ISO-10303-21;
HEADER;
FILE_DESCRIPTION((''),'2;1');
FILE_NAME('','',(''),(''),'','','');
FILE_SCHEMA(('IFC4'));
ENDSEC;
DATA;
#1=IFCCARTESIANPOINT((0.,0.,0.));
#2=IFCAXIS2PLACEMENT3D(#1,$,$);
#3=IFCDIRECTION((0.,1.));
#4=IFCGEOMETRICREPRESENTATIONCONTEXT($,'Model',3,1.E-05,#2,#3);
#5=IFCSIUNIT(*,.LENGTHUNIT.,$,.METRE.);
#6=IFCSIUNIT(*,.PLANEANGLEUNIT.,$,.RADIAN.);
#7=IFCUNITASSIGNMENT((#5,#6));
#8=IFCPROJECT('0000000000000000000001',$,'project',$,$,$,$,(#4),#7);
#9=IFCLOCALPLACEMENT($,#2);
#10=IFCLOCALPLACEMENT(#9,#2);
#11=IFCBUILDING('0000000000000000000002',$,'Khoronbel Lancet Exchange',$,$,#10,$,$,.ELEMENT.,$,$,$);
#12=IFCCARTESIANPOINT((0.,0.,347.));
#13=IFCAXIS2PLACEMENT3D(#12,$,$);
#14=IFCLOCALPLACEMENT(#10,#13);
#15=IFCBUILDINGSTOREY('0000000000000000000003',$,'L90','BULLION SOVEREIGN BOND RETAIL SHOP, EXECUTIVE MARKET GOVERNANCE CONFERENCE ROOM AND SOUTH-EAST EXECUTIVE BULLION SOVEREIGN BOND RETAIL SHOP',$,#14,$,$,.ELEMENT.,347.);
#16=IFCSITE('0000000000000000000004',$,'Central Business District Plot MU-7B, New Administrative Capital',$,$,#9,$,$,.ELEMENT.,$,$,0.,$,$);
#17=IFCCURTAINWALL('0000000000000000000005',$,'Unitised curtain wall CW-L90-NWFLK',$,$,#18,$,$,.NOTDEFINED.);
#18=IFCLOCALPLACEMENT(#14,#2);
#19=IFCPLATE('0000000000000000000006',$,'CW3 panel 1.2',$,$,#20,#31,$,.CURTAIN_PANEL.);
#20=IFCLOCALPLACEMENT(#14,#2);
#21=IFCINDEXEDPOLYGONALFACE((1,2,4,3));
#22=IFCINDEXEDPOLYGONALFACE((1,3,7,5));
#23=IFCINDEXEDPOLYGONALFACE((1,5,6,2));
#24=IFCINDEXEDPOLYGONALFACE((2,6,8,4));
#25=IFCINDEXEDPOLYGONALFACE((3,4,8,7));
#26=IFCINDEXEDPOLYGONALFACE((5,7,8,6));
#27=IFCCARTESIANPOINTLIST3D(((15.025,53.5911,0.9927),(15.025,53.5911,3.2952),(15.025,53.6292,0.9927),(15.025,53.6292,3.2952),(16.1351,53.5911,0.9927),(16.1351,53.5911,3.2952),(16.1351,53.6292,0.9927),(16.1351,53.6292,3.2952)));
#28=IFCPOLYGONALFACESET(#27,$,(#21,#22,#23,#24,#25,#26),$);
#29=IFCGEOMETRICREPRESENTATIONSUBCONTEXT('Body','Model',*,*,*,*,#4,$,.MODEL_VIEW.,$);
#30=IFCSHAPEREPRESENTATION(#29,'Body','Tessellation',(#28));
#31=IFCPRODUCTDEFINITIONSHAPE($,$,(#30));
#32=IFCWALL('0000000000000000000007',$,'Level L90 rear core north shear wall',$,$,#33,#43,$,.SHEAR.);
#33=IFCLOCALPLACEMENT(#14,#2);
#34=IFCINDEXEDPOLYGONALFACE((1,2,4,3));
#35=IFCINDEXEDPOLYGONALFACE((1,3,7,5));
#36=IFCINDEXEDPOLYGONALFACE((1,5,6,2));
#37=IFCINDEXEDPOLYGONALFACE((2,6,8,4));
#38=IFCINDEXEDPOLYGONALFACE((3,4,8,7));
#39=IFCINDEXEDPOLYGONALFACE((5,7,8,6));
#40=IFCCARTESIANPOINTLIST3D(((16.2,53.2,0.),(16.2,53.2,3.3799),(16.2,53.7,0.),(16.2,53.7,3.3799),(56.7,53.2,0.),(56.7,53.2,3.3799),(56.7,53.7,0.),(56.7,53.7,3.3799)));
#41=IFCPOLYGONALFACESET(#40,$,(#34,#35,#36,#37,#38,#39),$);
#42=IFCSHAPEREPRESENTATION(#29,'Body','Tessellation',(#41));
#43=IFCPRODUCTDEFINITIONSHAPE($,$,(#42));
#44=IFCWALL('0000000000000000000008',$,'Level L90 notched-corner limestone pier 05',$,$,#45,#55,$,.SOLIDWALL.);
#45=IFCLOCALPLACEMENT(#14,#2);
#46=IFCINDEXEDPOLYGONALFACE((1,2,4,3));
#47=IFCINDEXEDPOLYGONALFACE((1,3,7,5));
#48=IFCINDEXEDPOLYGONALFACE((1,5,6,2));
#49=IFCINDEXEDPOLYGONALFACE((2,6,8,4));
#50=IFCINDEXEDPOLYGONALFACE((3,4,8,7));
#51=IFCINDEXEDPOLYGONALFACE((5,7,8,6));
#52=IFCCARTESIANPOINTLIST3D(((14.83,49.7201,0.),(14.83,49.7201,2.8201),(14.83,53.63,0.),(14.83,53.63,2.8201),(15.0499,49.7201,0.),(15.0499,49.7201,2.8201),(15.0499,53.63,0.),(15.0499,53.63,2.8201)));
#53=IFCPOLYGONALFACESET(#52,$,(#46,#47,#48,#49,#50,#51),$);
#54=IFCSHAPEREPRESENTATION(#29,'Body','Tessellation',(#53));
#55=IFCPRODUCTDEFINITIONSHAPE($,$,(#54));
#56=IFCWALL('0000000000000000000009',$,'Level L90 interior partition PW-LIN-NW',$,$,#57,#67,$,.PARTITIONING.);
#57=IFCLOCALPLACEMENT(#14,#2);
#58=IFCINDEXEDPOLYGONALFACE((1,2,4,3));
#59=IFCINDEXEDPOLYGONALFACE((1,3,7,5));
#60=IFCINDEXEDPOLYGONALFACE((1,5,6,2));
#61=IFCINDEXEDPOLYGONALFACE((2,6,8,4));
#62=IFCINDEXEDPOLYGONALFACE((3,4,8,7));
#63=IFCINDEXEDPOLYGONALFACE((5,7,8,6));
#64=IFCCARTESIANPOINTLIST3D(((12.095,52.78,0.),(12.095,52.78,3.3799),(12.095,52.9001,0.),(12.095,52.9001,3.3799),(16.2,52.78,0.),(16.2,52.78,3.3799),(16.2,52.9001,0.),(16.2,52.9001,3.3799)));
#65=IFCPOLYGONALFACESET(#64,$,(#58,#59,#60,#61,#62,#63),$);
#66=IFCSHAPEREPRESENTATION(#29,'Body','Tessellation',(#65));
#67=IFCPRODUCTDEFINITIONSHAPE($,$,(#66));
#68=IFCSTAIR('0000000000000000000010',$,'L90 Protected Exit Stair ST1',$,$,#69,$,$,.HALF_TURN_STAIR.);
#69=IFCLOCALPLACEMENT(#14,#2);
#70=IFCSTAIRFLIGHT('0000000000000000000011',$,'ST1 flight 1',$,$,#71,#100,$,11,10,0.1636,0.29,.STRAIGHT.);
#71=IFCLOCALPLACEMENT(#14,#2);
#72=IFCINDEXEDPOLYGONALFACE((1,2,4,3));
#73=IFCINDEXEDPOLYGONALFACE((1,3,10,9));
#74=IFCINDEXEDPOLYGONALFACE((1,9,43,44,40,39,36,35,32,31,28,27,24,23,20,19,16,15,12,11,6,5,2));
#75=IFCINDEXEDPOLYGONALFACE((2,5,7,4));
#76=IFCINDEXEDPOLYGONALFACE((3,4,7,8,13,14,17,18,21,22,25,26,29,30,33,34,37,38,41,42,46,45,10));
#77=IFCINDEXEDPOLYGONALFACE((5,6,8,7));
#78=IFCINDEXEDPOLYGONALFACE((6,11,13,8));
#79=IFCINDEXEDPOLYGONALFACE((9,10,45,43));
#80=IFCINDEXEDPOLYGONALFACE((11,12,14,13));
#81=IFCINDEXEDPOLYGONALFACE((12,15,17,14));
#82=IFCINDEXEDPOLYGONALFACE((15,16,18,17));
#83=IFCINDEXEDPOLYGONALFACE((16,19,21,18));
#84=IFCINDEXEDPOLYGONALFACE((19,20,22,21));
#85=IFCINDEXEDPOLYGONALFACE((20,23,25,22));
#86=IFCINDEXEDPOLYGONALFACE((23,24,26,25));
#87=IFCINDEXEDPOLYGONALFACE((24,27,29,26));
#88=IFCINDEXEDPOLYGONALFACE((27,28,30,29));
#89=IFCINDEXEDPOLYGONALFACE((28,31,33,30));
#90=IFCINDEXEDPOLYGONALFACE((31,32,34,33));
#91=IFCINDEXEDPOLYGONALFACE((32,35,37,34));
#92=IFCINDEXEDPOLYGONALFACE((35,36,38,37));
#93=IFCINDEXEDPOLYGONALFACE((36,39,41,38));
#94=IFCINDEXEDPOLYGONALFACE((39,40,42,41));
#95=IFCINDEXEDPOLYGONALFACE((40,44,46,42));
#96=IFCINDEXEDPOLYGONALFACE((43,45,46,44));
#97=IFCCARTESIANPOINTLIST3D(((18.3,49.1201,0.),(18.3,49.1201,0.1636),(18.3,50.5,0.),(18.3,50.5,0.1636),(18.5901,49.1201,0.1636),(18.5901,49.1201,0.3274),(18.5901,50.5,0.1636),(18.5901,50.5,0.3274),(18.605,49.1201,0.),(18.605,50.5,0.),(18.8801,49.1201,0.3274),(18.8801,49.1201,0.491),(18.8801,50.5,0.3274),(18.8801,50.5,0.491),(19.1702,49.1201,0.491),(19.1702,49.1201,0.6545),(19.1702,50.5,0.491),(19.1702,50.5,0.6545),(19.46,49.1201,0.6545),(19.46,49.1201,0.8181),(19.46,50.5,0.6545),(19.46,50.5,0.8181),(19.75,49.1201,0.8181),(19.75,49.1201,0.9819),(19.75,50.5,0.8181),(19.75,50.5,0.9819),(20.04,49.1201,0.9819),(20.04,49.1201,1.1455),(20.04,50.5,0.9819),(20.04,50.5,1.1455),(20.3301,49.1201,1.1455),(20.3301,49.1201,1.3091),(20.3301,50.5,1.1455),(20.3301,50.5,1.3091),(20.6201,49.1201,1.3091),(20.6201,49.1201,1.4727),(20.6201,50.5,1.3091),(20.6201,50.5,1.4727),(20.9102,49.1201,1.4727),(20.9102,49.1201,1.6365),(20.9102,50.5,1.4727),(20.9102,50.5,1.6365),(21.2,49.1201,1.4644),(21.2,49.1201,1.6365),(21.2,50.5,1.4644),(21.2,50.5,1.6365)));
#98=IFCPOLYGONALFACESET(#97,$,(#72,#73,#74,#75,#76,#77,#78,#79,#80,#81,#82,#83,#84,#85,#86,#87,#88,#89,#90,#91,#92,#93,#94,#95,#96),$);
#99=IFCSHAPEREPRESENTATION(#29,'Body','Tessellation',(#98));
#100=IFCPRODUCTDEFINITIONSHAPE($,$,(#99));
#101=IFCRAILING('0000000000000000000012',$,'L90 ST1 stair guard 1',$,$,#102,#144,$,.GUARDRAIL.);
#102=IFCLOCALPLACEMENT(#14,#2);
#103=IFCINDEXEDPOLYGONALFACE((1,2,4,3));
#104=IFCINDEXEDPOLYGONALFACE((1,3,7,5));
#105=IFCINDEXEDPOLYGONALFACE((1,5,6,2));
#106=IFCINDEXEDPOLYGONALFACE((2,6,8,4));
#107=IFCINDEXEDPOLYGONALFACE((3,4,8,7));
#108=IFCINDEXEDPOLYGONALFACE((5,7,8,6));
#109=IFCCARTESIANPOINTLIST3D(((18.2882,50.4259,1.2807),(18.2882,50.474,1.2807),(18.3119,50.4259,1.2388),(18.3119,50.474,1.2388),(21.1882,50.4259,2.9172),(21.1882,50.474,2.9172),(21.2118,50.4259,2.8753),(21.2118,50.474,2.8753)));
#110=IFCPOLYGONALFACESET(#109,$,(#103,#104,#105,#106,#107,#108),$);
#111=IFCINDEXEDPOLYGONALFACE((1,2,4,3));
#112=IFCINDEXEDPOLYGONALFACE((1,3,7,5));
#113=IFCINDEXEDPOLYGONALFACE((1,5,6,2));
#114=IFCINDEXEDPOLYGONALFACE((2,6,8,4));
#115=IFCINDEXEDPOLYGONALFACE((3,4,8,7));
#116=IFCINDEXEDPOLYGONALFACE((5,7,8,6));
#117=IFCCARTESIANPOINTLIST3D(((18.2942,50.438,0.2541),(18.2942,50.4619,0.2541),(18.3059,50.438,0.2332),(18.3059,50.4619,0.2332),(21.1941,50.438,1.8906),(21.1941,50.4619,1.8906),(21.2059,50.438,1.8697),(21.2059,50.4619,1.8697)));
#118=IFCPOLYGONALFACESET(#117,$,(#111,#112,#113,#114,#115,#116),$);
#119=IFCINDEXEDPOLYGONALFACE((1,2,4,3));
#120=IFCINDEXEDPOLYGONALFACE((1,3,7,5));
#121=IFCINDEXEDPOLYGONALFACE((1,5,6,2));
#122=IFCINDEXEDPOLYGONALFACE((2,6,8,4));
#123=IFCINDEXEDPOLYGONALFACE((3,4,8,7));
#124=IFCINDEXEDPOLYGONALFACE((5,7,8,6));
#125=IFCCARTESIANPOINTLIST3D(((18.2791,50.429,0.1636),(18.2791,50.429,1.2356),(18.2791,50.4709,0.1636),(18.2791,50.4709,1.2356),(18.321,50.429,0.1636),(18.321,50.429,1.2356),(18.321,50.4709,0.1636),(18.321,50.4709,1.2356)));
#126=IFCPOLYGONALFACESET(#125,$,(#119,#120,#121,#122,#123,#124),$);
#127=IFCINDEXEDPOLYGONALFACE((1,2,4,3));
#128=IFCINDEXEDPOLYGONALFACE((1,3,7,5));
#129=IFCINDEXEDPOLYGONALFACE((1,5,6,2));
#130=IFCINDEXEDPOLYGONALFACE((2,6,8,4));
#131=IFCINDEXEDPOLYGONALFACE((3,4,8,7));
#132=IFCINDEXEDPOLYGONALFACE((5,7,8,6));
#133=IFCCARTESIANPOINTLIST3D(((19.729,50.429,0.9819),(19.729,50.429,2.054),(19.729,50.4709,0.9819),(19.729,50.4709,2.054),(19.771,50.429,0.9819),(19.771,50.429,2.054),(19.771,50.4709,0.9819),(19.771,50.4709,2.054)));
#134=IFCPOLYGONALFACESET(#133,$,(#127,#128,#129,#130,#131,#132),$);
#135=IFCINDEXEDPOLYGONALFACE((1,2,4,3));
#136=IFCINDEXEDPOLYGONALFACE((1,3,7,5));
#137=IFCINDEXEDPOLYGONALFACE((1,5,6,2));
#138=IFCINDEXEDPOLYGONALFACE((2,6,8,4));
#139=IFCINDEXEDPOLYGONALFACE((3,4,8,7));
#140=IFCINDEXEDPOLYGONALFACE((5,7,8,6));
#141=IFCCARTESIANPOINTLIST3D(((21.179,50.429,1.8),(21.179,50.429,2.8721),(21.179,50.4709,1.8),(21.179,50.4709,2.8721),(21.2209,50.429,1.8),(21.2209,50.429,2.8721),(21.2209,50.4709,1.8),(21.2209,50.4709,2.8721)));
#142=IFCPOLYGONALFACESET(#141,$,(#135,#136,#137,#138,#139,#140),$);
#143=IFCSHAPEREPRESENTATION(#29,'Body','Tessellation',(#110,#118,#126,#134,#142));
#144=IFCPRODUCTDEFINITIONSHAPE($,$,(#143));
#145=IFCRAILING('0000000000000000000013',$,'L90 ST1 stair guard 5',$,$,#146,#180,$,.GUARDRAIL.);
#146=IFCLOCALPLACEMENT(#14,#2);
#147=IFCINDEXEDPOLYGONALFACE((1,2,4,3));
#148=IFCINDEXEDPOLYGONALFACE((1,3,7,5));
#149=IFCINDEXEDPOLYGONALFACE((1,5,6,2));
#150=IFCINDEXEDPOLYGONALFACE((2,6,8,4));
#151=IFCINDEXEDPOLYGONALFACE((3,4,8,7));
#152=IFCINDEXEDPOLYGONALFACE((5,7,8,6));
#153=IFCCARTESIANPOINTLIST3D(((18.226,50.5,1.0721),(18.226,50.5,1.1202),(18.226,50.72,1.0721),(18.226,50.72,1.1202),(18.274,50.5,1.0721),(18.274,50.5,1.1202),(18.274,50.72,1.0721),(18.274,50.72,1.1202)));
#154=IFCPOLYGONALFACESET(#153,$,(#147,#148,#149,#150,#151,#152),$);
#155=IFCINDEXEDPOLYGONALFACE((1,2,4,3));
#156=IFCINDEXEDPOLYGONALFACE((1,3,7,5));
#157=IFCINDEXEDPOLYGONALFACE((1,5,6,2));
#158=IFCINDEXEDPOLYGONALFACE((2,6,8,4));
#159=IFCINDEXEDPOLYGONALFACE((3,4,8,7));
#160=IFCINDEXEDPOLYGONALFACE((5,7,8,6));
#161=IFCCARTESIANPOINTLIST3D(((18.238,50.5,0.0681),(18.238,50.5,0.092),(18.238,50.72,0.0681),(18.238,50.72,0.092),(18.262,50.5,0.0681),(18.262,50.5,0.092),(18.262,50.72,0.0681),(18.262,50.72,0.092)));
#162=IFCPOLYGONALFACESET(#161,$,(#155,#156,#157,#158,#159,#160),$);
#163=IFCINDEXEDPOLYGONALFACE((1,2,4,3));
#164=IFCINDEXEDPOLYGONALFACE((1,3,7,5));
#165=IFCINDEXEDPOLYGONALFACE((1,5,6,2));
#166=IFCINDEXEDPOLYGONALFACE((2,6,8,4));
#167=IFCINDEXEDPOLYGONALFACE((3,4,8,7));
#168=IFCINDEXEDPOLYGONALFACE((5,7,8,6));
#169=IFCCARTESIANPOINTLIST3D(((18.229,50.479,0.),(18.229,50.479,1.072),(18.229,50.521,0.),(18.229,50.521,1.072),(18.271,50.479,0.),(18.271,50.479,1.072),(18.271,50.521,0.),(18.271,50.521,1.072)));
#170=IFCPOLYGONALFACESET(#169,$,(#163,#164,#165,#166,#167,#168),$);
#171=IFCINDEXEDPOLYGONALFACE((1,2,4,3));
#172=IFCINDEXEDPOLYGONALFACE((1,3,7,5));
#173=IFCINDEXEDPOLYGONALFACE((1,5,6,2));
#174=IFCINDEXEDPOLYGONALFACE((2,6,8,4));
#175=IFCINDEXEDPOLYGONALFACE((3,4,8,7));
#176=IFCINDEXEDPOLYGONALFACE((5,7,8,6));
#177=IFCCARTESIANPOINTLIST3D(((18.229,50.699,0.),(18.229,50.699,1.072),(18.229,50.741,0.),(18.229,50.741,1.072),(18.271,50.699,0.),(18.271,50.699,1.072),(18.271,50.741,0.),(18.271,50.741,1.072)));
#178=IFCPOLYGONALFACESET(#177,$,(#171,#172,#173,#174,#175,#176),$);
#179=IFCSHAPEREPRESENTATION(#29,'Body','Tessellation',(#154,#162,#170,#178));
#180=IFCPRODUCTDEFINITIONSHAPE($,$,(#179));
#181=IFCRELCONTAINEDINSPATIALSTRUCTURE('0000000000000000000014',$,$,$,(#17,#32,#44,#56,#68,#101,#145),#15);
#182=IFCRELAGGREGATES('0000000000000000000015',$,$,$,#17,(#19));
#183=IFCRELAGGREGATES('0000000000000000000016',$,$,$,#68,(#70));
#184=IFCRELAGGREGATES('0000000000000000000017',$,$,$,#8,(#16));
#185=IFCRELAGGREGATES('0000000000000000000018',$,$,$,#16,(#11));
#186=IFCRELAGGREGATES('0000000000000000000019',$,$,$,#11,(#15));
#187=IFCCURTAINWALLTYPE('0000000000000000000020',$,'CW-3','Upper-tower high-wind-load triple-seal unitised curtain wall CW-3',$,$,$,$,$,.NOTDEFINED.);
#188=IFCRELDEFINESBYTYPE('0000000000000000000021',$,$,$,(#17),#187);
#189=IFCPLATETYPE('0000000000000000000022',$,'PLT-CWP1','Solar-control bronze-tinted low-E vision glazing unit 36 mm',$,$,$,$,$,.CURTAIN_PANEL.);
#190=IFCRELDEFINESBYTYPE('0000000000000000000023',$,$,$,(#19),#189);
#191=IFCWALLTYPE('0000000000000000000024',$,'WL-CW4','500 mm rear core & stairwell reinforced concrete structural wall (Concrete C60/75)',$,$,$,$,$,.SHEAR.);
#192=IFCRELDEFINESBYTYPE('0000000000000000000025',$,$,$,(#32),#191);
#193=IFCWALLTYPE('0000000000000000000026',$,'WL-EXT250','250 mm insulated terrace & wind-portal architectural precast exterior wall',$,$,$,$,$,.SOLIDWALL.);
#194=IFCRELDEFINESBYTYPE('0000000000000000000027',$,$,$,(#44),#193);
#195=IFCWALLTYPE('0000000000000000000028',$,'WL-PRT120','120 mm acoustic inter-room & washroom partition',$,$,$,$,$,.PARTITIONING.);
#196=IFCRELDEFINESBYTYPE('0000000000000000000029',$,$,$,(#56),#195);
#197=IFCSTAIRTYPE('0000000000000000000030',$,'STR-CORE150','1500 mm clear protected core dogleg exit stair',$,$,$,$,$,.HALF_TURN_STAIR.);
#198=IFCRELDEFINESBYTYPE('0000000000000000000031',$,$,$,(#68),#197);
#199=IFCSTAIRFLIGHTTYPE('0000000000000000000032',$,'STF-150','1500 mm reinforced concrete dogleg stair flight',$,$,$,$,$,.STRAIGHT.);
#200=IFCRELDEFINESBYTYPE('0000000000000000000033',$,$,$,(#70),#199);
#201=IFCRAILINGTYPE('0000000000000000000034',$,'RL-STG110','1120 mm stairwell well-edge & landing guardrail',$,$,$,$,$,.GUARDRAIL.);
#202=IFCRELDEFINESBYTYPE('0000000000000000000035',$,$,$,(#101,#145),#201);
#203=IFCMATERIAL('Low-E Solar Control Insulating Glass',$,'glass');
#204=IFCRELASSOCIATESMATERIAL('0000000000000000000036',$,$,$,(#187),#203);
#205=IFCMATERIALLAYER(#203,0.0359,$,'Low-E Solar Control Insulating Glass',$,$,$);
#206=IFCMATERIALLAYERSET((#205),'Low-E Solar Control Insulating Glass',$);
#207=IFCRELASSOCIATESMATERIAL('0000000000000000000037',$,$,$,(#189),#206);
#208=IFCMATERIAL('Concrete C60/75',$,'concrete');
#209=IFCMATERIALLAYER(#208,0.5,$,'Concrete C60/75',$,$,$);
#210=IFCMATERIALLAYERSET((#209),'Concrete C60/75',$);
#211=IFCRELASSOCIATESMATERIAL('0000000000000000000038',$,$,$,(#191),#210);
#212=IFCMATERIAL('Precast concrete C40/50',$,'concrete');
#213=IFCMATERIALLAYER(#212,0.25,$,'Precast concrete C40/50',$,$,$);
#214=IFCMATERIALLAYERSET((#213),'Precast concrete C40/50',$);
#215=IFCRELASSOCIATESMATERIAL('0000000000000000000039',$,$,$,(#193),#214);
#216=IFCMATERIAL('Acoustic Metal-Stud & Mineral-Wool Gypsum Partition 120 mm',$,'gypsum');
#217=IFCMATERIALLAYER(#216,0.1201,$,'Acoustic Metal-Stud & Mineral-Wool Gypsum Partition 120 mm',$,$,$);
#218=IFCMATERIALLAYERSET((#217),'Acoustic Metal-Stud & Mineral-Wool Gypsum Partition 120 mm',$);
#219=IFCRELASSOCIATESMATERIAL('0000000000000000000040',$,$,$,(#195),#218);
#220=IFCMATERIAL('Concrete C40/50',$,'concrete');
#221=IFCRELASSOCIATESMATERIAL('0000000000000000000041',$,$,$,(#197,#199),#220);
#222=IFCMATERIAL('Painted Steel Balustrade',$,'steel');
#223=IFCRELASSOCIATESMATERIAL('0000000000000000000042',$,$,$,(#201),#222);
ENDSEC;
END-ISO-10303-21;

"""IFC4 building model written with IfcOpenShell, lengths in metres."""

from ifc_helpers import new_model, si_unit, direction, frame, frame_2d, origin, origin_2d, place, context, subcontext, project, spatial, polyline, rectangle, outline, extrude, material, layer, layer_set, type_object, element, aggregate, save


model = new_model("IFC4")

# Units and contexts
model_context = context("Model", 3, precision=1e-05, world=origin(), true_north=direction((0.0, 1.0)))
body_context = subcontext(model_context, "Body", "Model", "MODEL_VIEW")
ifc_project = project(units=[si_unit("LENGTHUNIT", "METRE"), si_unit("PLANEANGLEUNIT", "RADIAN")], contexts=[model_context])

# Site, building, storey
site_placement = place(None, origin())
site = spatial("IfcSite", under=ifc_project, at=site_placement, Name="Central Business District Plot MU-7B, New Administrative Capital", CompositionType="ELEMENT", RefElevation=0.0)
building_placement = place(site_placement, origin())
building = spatial("IfcBuilding", under=site, at=building_placement, Name="Khoronbel Lancet Exchange", CompositionType="ELEMENT")
storey_placement = place(building_placement, frame((0.0, 0.0, 347.0)))
storey = spatial("IfcBuildingStorey", under=building, at=storey_placement, Name="L90", Description="BULLION SOVEREIGN BOND RETAIL SHOP, EXECUTIVE MARKET GOVERNANCE CONFERENCE ROOM AND SOUTH-EAST EXECUTIVE BULLION SOVEREIGN BOND RETAIL SHOP", CompositionType="ELEMENT", Elevation=347.0)

# Curtain wall, plate
ifc_material_1 = material(Name="Low-E Solar Control Insulating Glass", Category="glass")
curtain_wall_type = type_object("IfcCurtainWallType", Name="CW-3", Description="Upper-tower high-wind-load triple-seal unitised curtain wall CW-3", PredefinedType="NOTDEFINED", material=ifc_material_1)
curtain_wall_placement = place(storey_placement, origin())
curtain_wall = element("IfcCurtainWall", 1, at=curtain_wall_placement, inside=storey, type_object=curtain_wall_type, Name="Unitised curtain wall CW-L90-NWFLK", PredefinedType="NOTDEFINED")
ifc_layer_1 = layer(ifc_material_1, 0.0359, Name="Low-E Solar Control Insulating Glass")
ifc_layer_set_1 = layer_set([ifc_layer_1], Name="Low-E Solar Control Insulating Glass")
plate_type_1 = type_object("IfcPlateType", Name="PLT-CWP1", Description="Solar-control bronze-tinted low-E vision glazing unit 36 mm", PredefinedType="CURTAIN_PANEL", material=ifc_layer_set_1)
plate_1_placement = place(storey_placement, frame((15.5801, 53.6101, 0.9927), z_axis=(0.0, 0.0, 1.0), x_axis=(-1.0, 0.0, 0.0)))
plate_1 = element("IfcPlate", 2, at=plate_1_placement, type_object=plate_type_1, Name="CW3 panel 1.2", PredefinedType="CURTAIN_PANEL", context=body_context, shape_type="SweptSolid", body=[
    extrude(rectangle(XDim=1.1101, YDim=0.0381, at=origin_2d()), origin(), (0.0, 0.0, 1.0), 2.3025),
])
aggregate(curtain_wall, [plate_1])

# Walls
ifc_material_2 = material(Name="Concrete C60/75", Category="concrete")
ifc_layer_2 = layer(ifc_material_2, 0.5, Name="Concrete C60/75")
ifc_layer_set_2 = layer_set([ifc_layer_2], Name="Concrete C60/75")
wall_type_1 = type_object("IfcWallType", Name="WL-CW4", Description="500 mm rear core & stairwell reinforced concrete structural wall (Concrete C60/75)", PredefinedType="SHEAR", material=ifc_layer_set_2)
wall_1_placement = place(storey_placement, frame((16.2, 53.45, 0.0), z_axis=(0.0, 0.0, 1.0), x_axis=(1.0, 0.0, 0.0)))
element("IfcWall", 3, at=wall_1_placement, inside=storey, type_object=wall_type_1, Name="Level L90 rear core north shear wall", PredefinedType="SHEAR", context=body_context, shape_type="SweptSolid", body=[
    extrude(rectangle(XDim=40.5, YDim=0.5, at=frame_2d((20.25, 0.0))), origin(), (0.0, 0.0, 1.0), 3.3799),
])
ifc_material_3 = material(Name="Precast concrete C40/50", Category="concrete")
ifc_layer_3 = layer(ifc_material_3, 0.25, Name="Precast concrete C40/50")
ifc_layer_set_3 = layer_set([ifc_layer_3], Name="Precast concrete C40/50")
wall_type_2 = type_object("IfcWallType", Name="WL-EXT250", Description="250 mm insulated terrace & wind-portal architectural precast exterior wall", PredefinedType="SOLIDWALL", material=ifc_layer_set_3)
wall_2_placement = place(storey_placement, frame((14.9399, 49.72, 0.0), z_axis=(0.0, 0.0, 1.0), x_axis=(0.0, 1.0, 0.0)))
element("IfcWall", 4, at=wall_2_placement, inside=storey, type_object=wall_type_2, Name="Level L90 notched-corner limestone pier 05", PredefinedType="SOLIDWALL", context=body_context, shape_type="SweptSolid", body=[
    extrude(rectangle(XDim=3.9099, YDim=0.22, at=frame_2d((1.9551, 0.0))), origin(), (0.0, 0.0, 1.0), 2.8201),
])
ifc_material_4 = material(Name="Acoustic Metal-Stud & Mineral-Wool Gypsum Partition 120 mm", Category="gypsum")
ifc_layer_4 = layer(ifc_material_4, 0.1201, Name="Acoustic Metal-Stud & Mineral-Wool Gypsum Partition 120 mm")
ifc_layer_set_4 = layer_set([ifc_layer_4], Name="Acoustic Metal-Stud & Mineral-Wool Gypsum Partition 120 mm")
wall_type_3 = type_object("IfcWallType", Name="WL-PRT120", Description="120 mm acoustic inter-room & washroom partition", PredefinedType="PARTITIONING", material=ifc_layer_set_4)
wall_3_placement = place(storey_placement, frame((12.095, 52.8401, 0.0), z_axis=(0.0, 0.0, 1.0), x_axis=(1.0, 0.0, 0.0)))
element("IfcWall", 5, at=wall_3_placement, inside=storey, type_object=wall_type_3, Name="Level L90 interior partition PW-LIN-NW", PredefinedType="PARTITIONING", context=body_context, shape_type="SweptSolid", body=[
    extrude(rectangle(XDim=4.105, YDim=0.1201, at=frame_2d((2.0525, 0.0))), origin(), (0.0, 0.0, 1.0), 3.3799),
])

# Stair, stair flight
ifc_material_5 = material(Name="Concrete C40/50", Category="concrete")
stair_type = type_object("IfcStairType", Name="STR-CORE150", Description="1500 mm clear protected core dogleg exit stair", PredefinedType="HALF_TURN_STAIR", material=ifc_material_5)
stair_placement = place(storey_placement, origin())
stair = element("IfcStair", 6, at=stair_placement, inside=storey, type_object=stair_type, Name="L90 Protected Exit Stair ST1", PredefinedType="HALF_TURN_STAIR")
stair_flight_type = type_object("IfcStairFlightType", Name="STF-150", Description="1500 mm reinforced concrete dogleg stair flight", PredefinedType="STRAIGHT", material=ifc_material_5)
stair_flight_placement = place(storey_placement, frame((18.3, 49.8101, 0.0), z_axis=(0.0, 0.0, 1.0), x_axis=(1.0, 0.0, 0.0)))
stair_flight = element("IfcStairFlight", 7, at=stair_flight_placement, type_object=stair_flight_type, Name="ST1 flight 1", NumberOfRisers=11, NumberOfTreads=10, PredefinedType="STRAIGHT", RiserHeight=0.1636, TreadLength=0.29, context=body_context, shape_type="SweptSolid", body=[
    extrude(outline(polyline([(0.0, 0.0), (0.0, 0.1636), (0.29, 0.1636), (0.29, 0.3274), (0.5801, 0.3274), (0.5801, 0.491), (0.8701, 0.491), (0.8701, 0.6545), (1.1599, 0.6545), (1.1599, 0.8181), (1.45, 0.8181), (1.45, 0.9819), (1.74, 0.9819), (1.74, 1.1455), (2.03, 1.1455), (2.03, 1.3091), (2.3201, 1.3091), (2.3201, 1.4727), (2.6101, 1.4727), (2.6101, 1.6365), (2.8999, 1.6365), (2.8999, 1.8), (2.8999, 1.4644), (0.3049, 0.0), (0.0, 0.0)])), frame((0.0, 0.6899, 0.0), z_axis=(0.0, -1.0, 0.0), x_axis=(1.0, 0.0, 0.0)), (0.0, 0.0, 1.0), 1.3799),
])
aggregate(stair, [stair_flight])

# Railings
ifc_material_6 = material(Name="Painted Steel Balustrade", Category="steel")
railing_type = type_object("IfcRailingType", Name="RL-STG110", Description="1120 mm stairwell well-edge & landing guardrail", PredefinedType="GUARDRAIL", material=ifc_material_6)
railing_1_placement = place(storey_placement, frame((18.3, 50.45, 0.1636)))
element("IfcRailing", 8, at=railing_1_placement, inside=storey, type_object=railing_type, Name="L90 ST1 stair guard 1", PredefinedType="GUARDRAIL", context=body_context, shape_type="SweptSolid", body=[
    extrude(rectangle(XDim=0.0481, YDim=0.0481, at=origin_2d()), frame((0.0, 0.0, 1.0962), z_axis=(0.870897, 0.0, 0.491465), x_axis=(0.0, 1.0, 0.0)), (0.0, 0.0, 1.0), 3.3298),
    extrude(rectangle(XDim=0.0239, YDim=0.0239, at=origin_2d()), frame((0.0, 0.0, 0.0801), z_axis=(0.870897, 0.0, 0.491465), x_axis=(0.0, 1.0, 0.0)), (0.0, 0.0, 1.0), 3.3298),
    extrude(rectangle(XDim=0.042, YDim=0.042, at=origin_2d()), origin(), (0.0, 0.0, 1.0), 1.072),
    extrude(rectangle(XDim=0.042, YDim=0.042, at=origin_2d()), frame((1.45, 0.0, 0.8184)), (0.0, 0.0, 1.0), 1.072),
    extrude(rectangle(XDim=0.042, YDim=0.042, at=origin_2d()), frame((2.8999, 0.0, 1.6365)), (0.0, 0.0, 1.0), 1.072),
])
railing_2_placement = place(storey_placement, frame((18.25, 50.5, 0.0)))
element("IfcRailing", 9, at=railing_2_placement, inside=storey, type_object=railing_type, Name="L90 ST1 stair guard 5", PredefinedType="GUARDRAIL", context=body_context, shape_type="SweptSolid", body=[
    extrude(rectangle(XDim=0.0481, YDim=0.0481, at=origin_2d()), frame((0.0, 0.0, 1.0962), z_axis=(0.0, 1.0, 0.0), x_axis=(-1.0, 0.0, 0.0)), (0.0, 0.0, 1.0), 0.22),
    extrude(rectangle(XDim=0.0239, YDim=0.0239, at=origin_2d()), frame((0.0, 0.0, 0.0801), z_axis=(0.0, 1.0, 0.0), x_axis=(-1.0, 0.0, 0.0)), (0.0, 0.0, 1.0), 0.22),
    extrude(rectangle(XDim=0.042, YDim=0.042, at=origin_2d()), origin(), (0.0, 0.0, 1.0), 1.072),
    extrude(rectangle(XDim=0.042, YDim=0.042, at=origin_2d()), frame((0.0, 0.22, 0.0)), (0.0, 0.0, 1.0), 1.072),
])

save(model, "model.ifc")
